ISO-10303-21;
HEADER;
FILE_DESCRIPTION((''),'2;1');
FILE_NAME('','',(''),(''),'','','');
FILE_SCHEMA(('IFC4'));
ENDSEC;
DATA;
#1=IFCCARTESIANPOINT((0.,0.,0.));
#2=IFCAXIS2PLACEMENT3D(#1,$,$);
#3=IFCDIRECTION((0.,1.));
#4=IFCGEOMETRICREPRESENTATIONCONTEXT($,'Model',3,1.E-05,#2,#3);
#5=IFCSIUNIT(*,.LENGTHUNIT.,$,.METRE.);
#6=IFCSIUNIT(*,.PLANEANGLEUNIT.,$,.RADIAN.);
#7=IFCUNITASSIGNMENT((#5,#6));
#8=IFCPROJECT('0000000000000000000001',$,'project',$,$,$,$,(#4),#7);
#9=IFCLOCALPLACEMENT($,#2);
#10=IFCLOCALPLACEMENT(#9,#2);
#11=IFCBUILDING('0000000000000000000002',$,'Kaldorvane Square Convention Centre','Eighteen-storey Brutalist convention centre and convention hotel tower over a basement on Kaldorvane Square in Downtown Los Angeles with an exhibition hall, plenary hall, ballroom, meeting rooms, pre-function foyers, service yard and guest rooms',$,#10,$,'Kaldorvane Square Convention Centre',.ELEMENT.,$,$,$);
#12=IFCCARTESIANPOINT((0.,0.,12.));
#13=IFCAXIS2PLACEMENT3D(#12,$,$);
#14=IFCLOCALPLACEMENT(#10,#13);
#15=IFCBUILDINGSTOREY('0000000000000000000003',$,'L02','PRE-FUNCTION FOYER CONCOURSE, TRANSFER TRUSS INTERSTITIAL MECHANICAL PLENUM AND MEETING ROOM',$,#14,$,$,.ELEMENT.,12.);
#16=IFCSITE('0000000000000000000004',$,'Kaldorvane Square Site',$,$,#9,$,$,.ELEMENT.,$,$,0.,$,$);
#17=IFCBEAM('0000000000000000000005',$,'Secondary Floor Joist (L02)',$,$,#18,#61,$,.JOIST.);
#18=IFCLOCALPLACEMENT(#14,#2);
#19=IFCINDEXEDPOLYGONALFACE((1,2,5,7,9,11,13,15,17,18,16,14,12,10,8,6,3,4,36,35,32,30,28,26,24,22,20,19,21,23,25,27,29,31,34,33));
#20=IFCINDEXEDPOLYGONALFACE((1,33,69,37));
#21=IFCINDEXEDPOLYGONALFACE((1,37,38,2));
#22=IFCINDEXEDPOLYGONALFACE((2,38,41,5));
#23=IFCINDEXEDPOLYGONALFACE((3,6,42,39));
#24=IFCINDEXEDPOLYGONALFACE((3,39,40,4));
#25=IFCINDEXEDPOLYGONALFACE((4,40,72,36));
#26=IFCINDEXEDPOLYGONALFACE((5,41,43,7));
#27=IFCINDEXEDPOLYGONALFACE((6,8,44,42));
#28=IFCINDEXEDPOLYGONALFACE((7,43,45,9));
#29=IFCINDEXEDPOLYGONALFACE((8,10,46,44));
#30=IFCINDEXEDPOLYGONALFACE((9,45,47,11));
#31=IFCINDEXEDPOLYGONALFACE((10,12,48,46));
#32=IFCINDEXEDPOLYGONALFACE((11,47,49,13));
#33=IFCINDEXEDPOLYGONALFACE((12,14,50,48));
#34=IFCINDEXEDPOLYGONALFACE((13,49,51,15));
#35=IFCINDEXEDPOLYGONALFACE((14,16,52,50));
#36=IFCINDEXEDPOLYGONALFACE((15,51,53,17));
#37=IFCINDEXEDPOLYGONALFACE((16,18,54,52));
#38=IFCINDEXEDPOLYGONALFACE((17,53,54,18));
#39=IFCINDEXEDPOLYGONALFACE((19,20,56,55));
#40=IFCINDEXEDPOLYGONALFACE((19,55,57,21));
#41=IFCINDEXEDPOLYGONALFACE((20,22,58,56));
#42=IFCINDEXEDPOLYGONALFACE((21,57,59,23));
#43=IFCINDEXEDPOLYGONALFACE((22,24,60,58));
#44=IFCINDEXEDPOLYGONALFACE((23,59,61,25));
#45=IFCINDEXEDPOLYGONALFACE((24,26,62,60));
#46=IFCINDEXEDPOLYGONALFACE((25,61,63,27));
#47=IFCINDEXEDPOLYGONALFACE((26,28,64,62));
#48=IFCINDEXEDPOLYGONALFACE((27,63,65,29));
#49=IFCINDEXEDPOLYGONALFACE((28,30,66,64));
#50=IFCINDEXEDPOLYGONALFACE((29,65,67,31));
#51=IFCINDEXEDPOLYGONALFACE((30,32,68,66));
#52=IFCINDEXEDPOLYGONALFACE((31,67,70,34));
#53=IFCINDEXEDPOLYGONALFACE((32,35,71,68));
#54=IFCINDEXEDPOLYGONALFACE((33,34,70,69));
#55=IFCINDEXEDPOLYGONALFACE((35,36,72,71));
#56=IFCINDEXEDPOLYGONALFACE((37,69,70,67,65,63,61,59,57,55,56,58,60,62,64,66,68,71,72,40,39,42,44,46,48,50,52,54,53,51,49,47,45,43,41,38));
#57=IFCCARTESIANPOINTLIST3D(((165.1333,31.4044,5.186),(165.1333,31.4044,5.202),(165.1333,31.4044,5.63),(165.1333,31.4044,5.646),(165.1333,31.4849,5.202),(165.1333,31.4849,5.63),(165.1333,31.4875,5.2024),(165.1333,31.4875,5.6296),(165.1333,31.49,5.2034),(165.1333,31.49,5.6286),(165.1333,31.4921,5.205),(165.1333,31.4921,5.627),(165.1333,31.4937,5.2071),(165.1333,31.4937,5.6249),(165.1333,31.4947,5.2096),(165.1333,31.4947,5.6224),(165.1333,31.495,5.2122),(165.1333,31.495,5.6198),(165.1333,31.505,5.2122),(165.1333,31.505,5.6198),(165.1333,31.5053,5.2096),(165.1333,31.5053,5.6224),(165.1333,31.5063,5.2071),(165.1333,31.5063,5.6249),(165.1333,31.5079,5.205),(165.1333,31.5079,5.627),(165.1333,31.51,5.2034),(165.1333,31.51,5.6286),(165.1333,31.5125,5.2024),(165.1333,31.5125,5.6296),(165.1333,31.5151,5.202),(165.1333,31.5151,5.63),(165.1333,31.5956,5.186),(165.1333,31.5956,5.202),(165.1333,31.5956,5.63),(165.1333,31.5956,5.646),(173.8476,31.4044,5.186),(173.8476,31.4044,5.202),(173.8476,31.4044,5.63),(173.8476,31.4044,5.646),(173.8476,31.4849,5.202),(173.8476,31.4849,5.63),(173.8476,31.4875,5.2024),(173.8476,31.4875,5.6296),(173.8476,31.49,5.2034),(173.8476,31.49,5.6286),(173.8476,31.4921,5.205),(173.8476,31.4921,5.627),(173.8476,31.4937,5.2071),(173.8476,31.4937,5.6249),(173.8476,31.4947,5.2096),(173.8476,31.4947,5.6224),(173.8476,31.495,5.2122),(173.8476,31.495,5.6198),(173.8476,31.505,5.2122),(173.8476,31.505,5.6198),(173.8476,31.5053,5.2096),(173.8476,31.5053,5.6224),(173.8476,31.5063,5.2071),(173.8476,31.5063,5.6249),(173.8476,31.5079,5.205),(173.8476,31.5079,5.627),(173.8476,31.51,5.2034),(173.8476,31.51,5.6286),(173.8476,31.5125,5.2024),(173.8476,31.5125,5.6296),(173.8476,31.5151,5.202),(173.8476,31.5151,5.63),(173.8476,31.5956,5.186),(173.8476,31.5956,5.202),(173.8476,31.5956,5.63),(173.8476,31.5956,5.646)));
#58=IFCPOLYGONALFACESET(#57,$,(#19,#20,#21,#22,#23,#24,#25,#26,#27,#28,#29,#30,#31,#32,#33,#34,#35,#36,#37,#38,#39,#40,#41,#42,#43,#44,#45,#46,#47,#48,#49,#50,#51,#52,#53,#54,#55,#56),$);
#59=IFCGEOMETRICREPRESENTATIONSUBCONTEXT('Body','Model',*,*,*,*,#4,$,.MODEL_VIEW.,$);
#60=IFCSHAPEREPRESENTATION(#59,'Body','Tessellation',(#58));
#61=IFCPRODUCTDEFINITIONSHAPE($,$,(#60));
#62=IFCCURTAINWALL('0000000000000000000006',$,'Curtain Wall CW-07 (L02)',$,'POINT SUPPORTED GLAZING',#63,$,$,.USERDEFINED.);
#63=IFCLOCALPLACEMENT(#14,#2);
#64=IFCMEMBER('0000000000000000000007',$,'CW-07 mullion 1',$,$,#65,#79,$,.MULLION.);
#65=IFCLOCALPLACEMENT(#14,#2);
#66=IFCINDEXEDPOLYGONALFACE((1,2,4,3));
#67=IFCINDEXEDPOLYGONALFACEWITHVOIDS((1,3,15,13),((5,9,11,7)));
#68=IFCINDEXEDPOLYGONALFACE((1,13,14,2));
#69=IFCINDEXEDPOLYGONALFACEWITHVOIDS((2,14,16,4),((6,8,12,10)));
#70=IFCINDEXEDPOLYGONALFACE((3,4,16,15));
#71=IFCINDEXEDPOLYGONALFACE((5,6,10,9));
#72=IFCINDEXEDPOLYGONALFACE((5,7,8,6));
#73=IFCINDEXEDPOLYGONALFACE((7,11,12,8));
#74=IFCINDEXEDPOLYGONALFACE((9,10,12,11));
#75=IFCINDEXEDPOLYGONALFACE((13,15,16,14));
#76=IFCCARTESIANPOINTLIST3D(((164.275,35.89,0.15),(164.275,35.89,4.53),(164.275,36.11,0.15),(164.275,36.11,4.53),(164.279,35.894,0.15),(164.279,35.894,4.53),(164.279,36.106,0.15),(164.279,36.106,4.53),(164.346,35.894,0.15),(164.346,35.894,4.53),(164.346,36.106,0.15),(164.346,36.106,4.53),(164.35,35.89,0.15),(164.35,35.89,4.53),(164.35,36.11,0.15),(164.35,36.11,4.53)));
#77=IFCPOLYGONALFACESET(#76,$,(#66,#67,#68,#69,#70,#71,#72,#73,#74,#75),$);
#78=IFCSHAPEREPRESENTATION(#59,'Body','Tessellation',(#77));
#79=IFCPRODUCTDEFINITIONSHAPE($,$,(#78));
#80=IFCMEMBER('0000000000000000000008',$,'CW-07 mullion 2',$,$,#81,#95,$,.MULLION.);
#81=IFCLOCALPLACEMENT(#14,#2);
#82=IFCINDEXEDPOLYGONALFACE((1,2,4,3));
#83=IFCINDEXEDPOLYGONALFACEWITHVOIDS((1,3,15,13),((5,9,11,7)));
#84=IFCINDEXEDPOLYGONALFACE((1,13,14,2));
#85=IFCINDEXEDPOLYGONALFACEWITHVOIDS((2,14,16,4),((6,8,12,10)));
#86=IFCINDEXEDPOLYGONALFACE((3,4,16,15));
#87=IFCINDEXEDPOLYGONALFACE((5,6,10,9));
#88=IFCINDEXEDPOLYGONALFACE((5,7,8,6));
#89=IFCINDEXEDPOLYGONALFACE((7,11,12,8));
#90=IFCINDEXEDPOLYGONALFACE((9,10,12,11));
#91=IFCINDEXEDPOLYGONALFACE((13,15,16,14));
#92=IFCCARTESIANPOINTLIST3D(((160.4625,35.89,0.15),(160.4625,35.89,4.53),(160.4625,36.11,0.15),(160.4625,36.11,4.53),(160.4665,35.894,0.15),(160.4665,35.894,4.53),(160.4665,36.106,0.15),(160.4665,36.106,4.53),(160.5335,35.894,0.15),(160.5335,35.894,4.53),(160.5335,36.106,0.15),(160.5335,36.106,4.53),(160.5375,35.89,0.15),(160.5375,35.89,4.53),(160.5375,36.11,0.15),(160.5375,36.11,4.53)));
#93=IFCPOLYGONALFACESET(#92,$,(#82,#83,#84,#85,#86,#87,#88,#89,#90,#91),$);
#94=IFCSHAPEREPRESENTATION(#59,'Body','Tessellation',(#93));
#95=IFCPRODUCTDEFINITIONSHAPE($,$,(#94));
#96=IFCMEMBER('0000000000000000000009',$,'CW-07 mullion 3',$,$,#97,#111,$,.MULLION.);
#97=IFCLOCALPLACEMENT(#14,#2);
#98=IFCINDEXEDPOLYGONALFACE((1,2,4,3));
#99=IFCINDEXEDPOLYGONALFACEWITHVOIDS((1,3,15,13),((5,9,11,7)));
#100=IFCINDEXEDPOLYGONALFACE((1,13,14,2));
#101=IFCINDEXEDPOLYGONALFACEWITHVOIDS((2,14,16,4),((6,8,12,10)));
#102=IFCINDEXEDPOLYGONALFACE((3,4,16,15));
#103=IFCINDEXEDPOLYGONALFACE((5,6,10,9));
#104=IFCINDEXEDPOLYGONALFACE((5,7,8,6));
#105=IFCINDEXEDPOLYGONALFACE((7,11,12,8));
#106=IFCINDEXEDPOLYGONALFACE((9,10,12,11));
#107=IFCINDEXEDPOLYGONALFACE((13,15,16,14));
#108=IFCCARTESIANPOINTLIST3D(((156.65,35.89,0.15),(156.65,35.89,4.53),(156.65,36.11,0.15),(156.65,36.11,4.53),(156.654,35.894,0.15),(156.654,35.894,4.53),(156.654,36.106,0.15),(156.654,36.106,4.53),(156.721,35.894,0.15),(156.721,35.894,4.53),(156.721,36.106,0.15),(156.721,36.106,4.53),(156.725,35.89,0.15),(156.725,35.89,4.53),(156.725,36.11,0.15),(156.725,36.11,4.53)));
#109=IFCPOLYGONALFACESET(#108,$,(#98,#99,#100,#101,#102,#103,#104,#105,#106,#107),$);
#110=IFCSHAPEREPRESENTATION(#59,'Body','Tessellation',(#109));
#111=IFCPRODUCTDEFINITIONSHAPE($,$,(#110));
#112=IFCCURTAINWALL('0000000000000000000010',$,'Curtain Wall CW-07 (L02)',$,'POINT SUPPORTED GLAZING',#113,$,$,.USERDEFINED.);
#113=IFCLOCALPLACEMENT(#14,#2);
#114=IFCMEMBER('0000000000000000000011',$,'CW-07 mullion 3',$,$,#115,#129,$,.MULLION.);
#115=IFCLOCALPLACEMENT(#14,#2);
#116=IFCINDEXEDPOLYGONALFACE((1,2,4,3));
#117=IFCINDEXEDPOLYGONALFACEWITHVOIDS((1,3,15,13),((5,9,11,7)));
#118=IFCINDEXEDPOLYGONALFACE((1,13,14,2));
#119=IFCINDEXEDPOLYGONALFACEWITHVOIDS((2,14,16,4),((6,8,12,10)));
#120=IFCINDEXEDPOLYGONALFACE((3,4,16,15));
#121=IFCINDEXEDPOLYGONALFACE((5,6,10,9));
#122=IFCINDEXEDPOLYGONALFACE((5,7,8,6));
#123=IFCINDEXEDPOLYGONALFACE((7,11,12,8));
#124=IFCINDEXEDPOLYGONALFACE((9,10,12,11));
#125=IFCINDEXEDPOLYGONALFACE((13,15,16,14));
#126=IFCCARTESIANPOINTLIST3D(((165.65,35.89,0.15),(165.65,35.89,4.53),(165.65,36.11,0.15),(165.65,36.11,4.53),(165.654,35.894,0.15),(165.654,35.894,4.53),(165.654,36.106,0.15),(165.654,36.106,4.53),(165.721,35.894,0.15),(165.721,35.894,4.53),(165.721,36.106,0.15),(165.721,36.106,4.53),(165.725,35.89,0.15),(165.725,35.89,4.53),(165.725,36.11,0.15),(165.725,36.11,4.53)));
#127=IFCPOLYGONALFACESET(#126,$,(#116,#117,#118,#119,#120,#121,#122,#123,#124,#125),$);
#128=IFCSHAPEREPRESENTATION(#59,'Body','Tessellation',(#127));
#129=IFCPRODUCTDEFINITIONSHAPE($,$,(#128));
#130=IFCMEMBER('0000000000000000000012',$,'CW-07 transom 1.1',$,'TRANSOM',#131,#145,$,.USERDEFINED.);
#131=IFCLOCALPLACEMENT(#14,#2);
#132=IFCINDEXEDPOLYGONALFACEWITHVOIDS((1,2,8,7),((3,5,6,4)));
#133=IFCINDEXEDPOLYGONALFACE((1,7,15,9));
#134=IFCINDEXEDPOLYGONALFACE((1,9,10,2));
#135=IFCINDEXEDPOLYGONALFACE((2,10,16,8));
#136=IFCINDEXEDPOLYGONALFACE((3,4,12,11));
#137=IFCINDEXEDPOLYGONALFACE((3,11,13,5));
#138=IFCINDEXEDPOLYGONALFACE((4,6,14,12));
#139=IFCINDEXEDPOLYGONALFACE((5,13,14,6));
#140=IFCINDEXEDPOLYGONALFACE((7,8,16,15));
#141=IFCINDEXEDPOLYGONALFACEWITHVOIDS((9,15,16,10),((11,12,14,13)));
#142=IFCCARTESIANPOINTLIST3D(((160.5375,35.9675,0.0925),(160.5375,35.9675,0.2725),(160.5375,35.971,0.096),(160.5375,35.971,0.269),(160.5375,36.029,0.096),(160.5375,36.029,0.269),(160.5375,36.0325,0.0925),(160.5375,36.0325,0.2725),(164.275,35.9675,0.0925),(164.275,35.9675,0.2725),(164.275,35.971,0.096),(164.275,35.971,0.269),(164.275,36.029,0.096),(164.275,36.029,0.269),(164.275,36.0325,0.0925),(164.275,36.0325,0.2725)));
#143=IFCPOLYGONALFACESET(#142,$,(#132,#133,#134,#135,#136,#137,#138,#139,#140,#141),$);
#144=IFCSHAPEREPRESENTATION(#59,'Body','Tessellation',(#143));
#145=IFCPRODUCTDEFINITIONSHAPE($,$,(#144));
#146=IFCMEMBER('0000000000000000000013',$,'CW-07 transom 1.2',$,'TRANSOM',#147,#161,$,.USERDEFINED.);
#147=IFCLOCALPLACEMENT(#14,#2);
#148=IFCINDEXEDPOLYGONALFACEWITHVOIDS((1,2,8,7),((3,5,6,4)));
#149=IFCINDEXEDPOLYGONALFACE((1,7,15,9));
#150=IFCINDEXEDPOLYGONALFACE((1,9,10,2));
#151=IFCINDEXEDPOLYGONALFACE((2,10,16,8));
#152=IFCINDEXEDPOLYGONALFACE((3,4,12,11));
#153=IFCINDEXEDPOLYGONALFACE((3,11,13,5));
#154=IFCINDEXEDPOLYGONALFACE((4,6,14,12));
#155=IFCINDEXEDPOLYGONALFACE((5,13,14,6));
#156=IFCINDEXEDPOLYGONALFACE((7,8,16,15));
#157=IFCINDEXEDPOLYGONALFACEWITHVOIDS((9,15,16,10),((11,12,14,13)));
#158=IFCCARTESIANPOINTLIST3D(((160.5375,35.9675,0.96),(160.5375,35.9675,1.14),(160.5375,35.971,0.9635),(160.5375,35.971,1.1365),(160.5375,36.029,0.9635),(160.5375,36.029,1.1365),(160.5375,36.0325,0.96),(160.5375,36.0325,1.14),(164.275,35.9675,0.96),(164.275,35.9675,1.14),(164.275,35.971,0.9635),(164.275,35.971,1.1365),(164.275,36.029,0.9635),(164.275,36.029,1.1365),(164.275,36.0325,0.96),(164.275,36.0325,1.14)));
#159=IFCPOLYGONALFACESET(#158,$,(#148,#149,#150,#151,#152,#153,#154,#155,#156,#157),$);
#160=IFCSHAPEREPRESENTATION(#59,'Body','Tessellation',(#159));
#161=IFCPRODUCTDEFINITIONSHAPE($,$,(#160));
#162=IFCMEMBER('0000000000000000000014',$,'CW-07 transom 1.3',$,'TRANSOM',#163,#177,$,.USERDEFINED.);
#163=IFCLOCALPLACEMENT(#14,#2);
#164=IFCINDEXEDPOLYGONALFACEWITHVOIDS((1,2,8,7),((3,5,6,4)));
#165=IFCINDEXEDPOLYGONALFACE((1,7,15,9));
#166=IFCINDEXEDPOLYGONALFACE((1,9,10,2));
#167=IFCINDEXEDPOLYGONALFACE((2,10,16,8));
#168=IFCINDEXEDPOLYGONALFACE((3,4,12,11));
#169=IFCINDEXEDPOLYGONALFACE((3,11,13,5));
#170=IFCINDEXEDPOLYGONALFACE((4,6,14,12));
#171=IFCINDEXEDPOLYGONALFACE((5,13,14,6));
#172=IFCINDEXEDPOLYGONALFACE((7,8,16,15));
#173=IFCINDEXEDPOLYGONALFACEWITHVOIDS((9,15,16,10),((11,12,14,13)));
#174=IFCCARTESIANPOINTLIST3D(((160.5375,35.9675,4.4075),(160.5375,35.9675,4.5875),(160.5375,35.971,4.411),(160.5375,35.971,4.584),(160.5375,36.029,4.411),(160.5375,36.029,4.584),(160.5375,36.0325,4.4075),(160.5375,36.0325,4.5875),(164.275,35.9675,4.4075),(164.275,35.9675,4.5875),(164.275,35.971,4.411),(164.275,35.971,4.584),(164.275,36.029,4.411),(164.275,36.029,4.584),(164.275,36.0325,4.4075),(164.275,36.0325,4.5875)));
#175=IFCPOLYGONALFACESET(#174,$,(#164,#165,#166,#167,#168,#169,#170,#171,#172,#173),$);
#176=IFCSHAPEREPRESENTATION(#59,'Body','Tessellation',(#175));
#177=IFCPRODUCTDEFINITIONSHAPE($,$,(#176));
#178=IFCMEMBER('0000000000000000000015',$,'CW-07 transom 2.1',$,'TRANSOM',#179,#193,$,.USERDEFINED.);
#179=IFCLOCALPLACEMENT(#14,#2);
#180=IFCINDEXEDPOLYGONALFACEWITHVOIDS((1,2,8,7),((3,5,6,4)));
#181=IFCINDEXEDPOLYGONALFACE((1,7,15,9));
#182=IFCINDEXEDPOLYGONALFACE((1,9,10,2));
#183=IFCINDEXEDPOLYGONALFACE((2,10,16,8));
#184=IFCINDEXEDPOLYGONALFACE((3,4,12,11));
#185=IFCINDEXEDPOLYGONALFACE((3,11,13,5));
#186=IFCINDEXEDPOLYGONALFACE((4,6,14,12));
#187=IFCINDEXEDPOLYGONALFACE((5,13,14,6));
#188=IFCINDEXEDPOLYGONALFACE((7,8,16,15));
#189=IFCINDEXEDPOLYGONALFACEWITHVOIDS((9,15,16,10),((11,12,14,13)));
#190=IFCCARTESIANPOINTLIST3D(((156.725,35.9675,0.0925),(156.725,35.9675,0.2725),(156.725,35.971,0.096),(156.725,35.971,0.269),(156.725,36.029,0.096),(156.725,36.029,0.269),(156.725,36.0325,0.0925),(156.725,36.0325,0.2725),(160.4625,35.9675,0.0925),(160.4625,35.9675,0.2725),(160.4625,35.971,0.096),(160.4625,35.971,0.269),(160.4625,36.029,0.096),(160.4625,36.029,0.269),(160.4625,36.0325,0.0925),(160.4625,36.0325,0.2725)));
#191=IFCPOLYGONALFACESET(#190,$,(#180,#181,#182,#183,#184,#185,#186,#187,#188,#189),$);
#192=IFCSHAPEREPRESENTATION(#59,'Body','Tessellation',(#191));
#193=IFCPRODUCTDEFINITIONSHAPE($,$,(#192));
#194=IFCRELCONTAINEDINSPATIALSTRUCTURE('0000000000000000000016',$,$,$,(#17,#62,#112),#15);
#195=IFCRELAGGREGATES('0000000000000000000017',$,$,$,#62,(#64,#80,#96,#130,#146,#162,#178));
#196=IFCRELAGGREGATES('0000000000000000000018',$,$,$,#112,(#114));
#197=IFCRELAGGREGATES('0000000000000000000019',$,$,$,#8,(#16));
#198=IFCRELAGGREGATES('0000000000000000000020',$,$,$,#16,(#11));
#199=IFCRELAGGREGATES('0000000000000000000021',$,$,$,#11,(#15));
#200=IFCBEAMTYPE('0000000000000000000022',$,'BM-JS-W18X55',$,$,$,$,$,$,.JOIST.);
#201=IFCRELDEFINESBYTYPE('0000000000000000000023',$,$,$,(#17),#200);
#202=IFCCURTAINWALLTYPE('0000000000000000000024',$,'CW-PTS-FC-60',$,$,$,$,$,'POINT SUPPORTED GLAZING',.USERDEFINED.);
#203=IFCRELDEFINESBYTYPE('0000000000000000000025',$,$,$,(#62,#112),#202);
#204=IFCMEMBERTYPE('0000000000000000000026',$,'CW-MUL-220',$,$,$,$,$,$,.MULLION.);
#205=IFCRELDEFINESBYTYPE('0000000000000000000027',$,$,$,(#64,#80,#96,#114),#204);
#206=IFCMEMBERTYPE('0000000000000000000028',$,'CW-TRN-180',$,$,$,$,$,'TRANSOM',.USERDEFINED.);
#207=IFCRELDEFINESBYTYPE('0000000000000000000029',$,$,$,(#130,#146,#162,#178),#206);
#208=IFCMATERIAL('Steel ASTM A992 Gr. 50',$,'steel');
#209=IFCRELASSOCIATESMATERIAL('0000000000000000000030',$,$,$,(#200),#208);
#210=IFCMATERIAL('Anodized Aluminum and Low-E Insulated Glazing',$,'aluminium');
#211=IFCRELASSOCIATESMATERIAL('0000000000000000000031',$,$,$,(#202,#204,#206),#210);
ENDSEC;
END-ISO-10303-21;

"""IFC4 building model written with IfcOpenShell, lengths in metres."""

from ifc_helpers import new_model, si_unit, direction, frame, origin, origin_2d, place, context, subcontext, project, spatial, hollow_rectangle, i_section, extrude, material, material_profile, profile_set, type_object, element, aggregate, save


model = new_model("IFC4")

# Units and contexts
model_context = context("Model", 3, precision=1e-05, world=origin(), true_north=direction((0.0, 1.0)))
body_context = subcontext(model_context, "Body", "Model", "MODEL_VIEW")
ifc_project = project(units=[si_unit("LENGTHUNIT", "METRE"), si_unit("PLANEANGLEUNIT", "RADIAN")], contexts=[model_context])

# Site, building, storey
site_placement = place(None, origin())
site = spatial("IfcSite", under=ifc_project, at=site_placement, Name="Kaldorvane Square Site", CompositionType="ELEMENT", RefElevation=0.0)
building_placement = place(site_placement, origin())
building = spatial("IfcBuilding", under=site, at=building_placement, Name="Kaldorvane Square Convention Centre", Description="Eighteen-storey Brutalist convention centre and convention hotel tower over a basement on Kaldorvane Square in Downtown Los Angeles with an exhibition hall, plenary hall, ballroom, meeting rooms, pre-function foyers, service yard and guest rooms", LongName="Kaldorvane Square Convention Centre", CompositionType="ELEMENT")
storey_placement = place(building_placement, frame((0.0, 0.0, 12.0)))
storey = spatial("IfcBuildingStorey", under=building, at=storey_placement, Name="L02", Description="PRE-FUNCTION FOYER CONCOURSE, TRANSFER TRUSS INTERSTITIAL MECHANICAL PLENUM AND MEETING ROOM", CompositionType="ELEMENT", Elevation=12.0)

# Shared definitions
ifc_material_1 = material(Name="Steel ASTM A992 Gr. 50", Category="steel")

# Beam
ifc_material_profile_1 = material_profile(ifc_material_1, i_section(OverallWidth=0.1913, OverallDepth=0.46, WebThickness=0.0099, FlangeThickness=0.016, FilletRadius=0.0102, at=origin_2d()), Name="W18X55")
ifc_profile_set_1 = profile_set([ifc_material_profile_1], Name="Steel ASTM A992 Gr. 50")
beam_type_1 = type_object("IfcBeamType", Name="BM-JS-W18X55", PredefinedType="JOIST", material=ifc_profile_set_1)
beam_1_placement = place(storey_placement, frame((165.1333, 31.5, 5.416), z_axis=(1.0, 0.0, 0.0), x_axis=(0.0, 1.0, 0.0)))
element("IfcBeam", 1, at=beam_1_placement, inside=storey, type_object=beam_type_1, Name="Secondary Floor Joist (L02)", PredefinedType="JOIST", context=body_context, shape_type="SweptSolid", body=[
    extrude(i_section(OverallWidth=0.1913, OverallDepth=0.46, WebThickness=0.0099, FlangeThickness=0.016, FilletRadius=0.0102, at=origin_2d()), origin(), (0.0, 0.0, 1.0), 8.7143),
])

# Curtain wall, members
ifc_material_2 = material(Name="Anodized Aluminum and Low-E Insulated Glazing", Category="aluminium")
curtain_wall_type = type_object("IfcCurtainWallType", Name="CW-PTS-FC-60", ElementType="POINT SUPPORTED GLAZING", PredefinedType="USERDEFINED", material=ifc_material_2)
curtain_wall_1_placement = place(storey_placement, origin())
curtain_wall_1 = element("IfcCurtainWall", 2, at=curtain_wall_1_placement, inside=storey, type_object=curtain_wall_type, Name="Curtain Wall CW-07 (L02)", ObjectType="POINT SUPPORTED GLAZING", PredefinedType="USERDEFINED")
ifc_material_profile_2 = material_profile(ifc_material_2, hollow_rectangle(XDim=0.075, YDim=0.22, WallThickness=0.004, at=origin_2d()), Name="CWM-220X75")
ifc_profile_set_2 = profile_set([ifc_material_profile_2], Name="Anodized Aluminum and Low-E Insulated Glazing")
member_type_1 = type_object("IfcMemberType", Name="CW-MUL-220", PredefinedType="MULLION", material=ifc_profile_set_2)
member_1_placement = place(storey_placement, frame((164.3125, 36.0, 0.15), z_axis=(0.0, 0.0, 1.0), x_axis=(-1.0, 0.0, 0.0)))
member_1 = element("IfcMember", 3, at=member_1_placement, type_object=member_type_1, Name="CW-07 mullion 1", PredefinedType="MULLION", context=body_context, shape_type="SweptSolid", body=[
    extrude(hollow_rectangle(XDim=0.075, YDim=0.22, WallThickness=0.004, at=origin_2d()), origin(), (0.0, 0.0, 1.0), 4.38),
])
member_2_placement = place(storey_placement, frame((160.5, 36.0, 0.15), z_axis=(0.0, 0.0, 1.0), x_axis=(-1.0, 0.0, 0.0)))
member_2 = element("IfcMember", 4, at=member_2_placement, type_object=member_type_1, Name="CW-07 mullion 2", PredefinedType="MULLION", context=body_context, shape_type="SweptSolid", body=[
    extrude(hollow_rectangle(XDim=0.075, YDim=0.22, WallThickness=0.004, at=origin_2d()), origin(), (0.0, 0.0, 1.0), 4.38),
])
member_3_placement = place(storey_placement, frame((156.6875, 36.0, 0.15), z_axis=(0.0, 0.0, 1.0), x_axis=(-1.0, 0.0, 0.0)))
member_3 = element("IfcMember", 5, at=member_3_placement, type_object=member_type_1, Name="CW-07 mullion 3", PredefinedType="MULLION", context=body_context, shape_type="SweptSolid", body=[
    extrude(hollow_rectangle(XDim=0.075, YDim=0.22, WallThickness=0.004, at=origin_2d()), origin(), (0.0, 0.0, 1.0), 4.38),
])

# Curtain wall, member
curtain_wall_2_placement = place(storey_placement, origin())
curtain_wall_2 = element("IfcCurtainWall", 6, at=curtain_wall_2_placement, inside=storey, type_object=curtain_wall_type, Name="Curtain Wall CW-07 (L02)", ObjectType="POINT SUPPORTED GLAZING", PredefinedType="USERDEFINED")
member_4_placement = place(storey_placement, frame((165.6875, 36.0, 0.15), z_axis=(0.0, 0.0, 1.0), x_axis=(-1.0, 0.0, 0.0)))
member_4 = element("IfcMember", 7, at=member_4_placement, type_object=member_type_1, Name="CW-07 mullion 3", PredefinedType="MULLION", context=body_context, shape_type="SweptSolid", body=[
    extrude(hollow_rectangle(XDim=0.075, YDim=0.22, WallThickness=0.004, at=origin_2d()), origin(), (0.0, 0.0, 1.0), 4.38),
])

# Members
ifc_material_profile_3 = material_profile(ifc_material_2, hollow_rectangle(XDim=0.065, YDim=0.18, WallThickness=0.0035, at=origin_2d()), Name="CWT-180X65")
ifc_profile_set_3 = profile_set([ifc_material_profile_3], Name="Anodized Aluminum and Low-E Insulated Glazing")
member_type_2 = type_object("IfcMemberType", Name="CW-TRN-180", ElementType="TRANSOM", PredefinedType="USERDEFINED", material=ifc_profile_set_3)
member_5_placement = place(storey_placement, frame((164.275, 36.0, 0.1825), z_axis=(-1.0, 0.0, 0.0), x_axis=(0.0, -1.0, 0.0)))
member_5 = element("IfcMember", 8, at=member_5_placement, type_object=member_type_2, Name="CW-07 transom 1.1", ObjectType="TRANSOM", PredefinedType="USERDEFINED", context=body_context, shape_type="SweptSolid", body=[
    extrude(hollow_rectangle(XDim=0.065, YDim=0.18, WallThickness=0.0035, at=origin_2d()), origin(), (0.0, 0.0, 1.0), 3.7375),
])
member_6_placement = place(storey_placement, frame((164.275, 36.0, 1.05), z_axis=(-1.0, 0.0, 0.0), x_axis=(0.0, -1.0, 0.0)))
member_6 = element("IfcMember", 9, at=member_6_placement, type_object=member_type_2, Name="CW-07 transom 1.2", ObjectType="TRANSOM", PredefinedType="USERDEFINED", context=body_context, shape_type="SweptSolid", body=[
    extrude(hollow_rectangle(XDim=0.065, YDim=0.18, WallThickness=0.0035, at=origin_2d()), origin(), (0.0, 0.0, 1.0), 3.7375),
])
member_7_placement = place(storey_placement, frame((164.275, 36.0, 4.4975), z_axis=(-1.0, 0.0, 0.0), x_axis=(0.0, -1.0, 0.0)))
member_7 = element("IfcMember", 10, at=member_7_placement, type_object=member_type_2, Name="CW-07 transom 1.3", ObjectType="TRANSOM", PredefinedType="USERDEFINED", context=body_context, shape_type="SweptSolid", body=[
    extrude(hollow_rectangle(XDim=0.065, YDim=0.18, WallThickness=0.0035, at=origin_2d()), origin(), (0.0, 0.0, 1.0), 3.7375),
])
member_8_placement = place(storey_placement, frame((160.4625, 36.0, 0.1825), z_axis=(-1.0, 0.0, 0.0), x_axis=(0.0, -1.0, 0.0)))
member_8 = element("IfcMember", 11, at=member_8_placement, type_object=member_type_2, Name="CW-07 transom 2.1", ObjectType="TRANSOM", PredefinedType="USERDEFINED", context=body_context, shape_type="SweptSolid", body=[
    extrude(hollow_rectangle(XDim=0.065, YDim=0.18, WallThickness=0.0035, at=origin_2d()), origin(), (0.0, 0.0, 1.0), 3.7375),
])

aggregate(curtain_wall_1, [member_1, member_2, member_3, member_5, member_6, member_7, member_8])
aggregate(curtain_wall_2, [member_4])

save(model, "model.ifc")
